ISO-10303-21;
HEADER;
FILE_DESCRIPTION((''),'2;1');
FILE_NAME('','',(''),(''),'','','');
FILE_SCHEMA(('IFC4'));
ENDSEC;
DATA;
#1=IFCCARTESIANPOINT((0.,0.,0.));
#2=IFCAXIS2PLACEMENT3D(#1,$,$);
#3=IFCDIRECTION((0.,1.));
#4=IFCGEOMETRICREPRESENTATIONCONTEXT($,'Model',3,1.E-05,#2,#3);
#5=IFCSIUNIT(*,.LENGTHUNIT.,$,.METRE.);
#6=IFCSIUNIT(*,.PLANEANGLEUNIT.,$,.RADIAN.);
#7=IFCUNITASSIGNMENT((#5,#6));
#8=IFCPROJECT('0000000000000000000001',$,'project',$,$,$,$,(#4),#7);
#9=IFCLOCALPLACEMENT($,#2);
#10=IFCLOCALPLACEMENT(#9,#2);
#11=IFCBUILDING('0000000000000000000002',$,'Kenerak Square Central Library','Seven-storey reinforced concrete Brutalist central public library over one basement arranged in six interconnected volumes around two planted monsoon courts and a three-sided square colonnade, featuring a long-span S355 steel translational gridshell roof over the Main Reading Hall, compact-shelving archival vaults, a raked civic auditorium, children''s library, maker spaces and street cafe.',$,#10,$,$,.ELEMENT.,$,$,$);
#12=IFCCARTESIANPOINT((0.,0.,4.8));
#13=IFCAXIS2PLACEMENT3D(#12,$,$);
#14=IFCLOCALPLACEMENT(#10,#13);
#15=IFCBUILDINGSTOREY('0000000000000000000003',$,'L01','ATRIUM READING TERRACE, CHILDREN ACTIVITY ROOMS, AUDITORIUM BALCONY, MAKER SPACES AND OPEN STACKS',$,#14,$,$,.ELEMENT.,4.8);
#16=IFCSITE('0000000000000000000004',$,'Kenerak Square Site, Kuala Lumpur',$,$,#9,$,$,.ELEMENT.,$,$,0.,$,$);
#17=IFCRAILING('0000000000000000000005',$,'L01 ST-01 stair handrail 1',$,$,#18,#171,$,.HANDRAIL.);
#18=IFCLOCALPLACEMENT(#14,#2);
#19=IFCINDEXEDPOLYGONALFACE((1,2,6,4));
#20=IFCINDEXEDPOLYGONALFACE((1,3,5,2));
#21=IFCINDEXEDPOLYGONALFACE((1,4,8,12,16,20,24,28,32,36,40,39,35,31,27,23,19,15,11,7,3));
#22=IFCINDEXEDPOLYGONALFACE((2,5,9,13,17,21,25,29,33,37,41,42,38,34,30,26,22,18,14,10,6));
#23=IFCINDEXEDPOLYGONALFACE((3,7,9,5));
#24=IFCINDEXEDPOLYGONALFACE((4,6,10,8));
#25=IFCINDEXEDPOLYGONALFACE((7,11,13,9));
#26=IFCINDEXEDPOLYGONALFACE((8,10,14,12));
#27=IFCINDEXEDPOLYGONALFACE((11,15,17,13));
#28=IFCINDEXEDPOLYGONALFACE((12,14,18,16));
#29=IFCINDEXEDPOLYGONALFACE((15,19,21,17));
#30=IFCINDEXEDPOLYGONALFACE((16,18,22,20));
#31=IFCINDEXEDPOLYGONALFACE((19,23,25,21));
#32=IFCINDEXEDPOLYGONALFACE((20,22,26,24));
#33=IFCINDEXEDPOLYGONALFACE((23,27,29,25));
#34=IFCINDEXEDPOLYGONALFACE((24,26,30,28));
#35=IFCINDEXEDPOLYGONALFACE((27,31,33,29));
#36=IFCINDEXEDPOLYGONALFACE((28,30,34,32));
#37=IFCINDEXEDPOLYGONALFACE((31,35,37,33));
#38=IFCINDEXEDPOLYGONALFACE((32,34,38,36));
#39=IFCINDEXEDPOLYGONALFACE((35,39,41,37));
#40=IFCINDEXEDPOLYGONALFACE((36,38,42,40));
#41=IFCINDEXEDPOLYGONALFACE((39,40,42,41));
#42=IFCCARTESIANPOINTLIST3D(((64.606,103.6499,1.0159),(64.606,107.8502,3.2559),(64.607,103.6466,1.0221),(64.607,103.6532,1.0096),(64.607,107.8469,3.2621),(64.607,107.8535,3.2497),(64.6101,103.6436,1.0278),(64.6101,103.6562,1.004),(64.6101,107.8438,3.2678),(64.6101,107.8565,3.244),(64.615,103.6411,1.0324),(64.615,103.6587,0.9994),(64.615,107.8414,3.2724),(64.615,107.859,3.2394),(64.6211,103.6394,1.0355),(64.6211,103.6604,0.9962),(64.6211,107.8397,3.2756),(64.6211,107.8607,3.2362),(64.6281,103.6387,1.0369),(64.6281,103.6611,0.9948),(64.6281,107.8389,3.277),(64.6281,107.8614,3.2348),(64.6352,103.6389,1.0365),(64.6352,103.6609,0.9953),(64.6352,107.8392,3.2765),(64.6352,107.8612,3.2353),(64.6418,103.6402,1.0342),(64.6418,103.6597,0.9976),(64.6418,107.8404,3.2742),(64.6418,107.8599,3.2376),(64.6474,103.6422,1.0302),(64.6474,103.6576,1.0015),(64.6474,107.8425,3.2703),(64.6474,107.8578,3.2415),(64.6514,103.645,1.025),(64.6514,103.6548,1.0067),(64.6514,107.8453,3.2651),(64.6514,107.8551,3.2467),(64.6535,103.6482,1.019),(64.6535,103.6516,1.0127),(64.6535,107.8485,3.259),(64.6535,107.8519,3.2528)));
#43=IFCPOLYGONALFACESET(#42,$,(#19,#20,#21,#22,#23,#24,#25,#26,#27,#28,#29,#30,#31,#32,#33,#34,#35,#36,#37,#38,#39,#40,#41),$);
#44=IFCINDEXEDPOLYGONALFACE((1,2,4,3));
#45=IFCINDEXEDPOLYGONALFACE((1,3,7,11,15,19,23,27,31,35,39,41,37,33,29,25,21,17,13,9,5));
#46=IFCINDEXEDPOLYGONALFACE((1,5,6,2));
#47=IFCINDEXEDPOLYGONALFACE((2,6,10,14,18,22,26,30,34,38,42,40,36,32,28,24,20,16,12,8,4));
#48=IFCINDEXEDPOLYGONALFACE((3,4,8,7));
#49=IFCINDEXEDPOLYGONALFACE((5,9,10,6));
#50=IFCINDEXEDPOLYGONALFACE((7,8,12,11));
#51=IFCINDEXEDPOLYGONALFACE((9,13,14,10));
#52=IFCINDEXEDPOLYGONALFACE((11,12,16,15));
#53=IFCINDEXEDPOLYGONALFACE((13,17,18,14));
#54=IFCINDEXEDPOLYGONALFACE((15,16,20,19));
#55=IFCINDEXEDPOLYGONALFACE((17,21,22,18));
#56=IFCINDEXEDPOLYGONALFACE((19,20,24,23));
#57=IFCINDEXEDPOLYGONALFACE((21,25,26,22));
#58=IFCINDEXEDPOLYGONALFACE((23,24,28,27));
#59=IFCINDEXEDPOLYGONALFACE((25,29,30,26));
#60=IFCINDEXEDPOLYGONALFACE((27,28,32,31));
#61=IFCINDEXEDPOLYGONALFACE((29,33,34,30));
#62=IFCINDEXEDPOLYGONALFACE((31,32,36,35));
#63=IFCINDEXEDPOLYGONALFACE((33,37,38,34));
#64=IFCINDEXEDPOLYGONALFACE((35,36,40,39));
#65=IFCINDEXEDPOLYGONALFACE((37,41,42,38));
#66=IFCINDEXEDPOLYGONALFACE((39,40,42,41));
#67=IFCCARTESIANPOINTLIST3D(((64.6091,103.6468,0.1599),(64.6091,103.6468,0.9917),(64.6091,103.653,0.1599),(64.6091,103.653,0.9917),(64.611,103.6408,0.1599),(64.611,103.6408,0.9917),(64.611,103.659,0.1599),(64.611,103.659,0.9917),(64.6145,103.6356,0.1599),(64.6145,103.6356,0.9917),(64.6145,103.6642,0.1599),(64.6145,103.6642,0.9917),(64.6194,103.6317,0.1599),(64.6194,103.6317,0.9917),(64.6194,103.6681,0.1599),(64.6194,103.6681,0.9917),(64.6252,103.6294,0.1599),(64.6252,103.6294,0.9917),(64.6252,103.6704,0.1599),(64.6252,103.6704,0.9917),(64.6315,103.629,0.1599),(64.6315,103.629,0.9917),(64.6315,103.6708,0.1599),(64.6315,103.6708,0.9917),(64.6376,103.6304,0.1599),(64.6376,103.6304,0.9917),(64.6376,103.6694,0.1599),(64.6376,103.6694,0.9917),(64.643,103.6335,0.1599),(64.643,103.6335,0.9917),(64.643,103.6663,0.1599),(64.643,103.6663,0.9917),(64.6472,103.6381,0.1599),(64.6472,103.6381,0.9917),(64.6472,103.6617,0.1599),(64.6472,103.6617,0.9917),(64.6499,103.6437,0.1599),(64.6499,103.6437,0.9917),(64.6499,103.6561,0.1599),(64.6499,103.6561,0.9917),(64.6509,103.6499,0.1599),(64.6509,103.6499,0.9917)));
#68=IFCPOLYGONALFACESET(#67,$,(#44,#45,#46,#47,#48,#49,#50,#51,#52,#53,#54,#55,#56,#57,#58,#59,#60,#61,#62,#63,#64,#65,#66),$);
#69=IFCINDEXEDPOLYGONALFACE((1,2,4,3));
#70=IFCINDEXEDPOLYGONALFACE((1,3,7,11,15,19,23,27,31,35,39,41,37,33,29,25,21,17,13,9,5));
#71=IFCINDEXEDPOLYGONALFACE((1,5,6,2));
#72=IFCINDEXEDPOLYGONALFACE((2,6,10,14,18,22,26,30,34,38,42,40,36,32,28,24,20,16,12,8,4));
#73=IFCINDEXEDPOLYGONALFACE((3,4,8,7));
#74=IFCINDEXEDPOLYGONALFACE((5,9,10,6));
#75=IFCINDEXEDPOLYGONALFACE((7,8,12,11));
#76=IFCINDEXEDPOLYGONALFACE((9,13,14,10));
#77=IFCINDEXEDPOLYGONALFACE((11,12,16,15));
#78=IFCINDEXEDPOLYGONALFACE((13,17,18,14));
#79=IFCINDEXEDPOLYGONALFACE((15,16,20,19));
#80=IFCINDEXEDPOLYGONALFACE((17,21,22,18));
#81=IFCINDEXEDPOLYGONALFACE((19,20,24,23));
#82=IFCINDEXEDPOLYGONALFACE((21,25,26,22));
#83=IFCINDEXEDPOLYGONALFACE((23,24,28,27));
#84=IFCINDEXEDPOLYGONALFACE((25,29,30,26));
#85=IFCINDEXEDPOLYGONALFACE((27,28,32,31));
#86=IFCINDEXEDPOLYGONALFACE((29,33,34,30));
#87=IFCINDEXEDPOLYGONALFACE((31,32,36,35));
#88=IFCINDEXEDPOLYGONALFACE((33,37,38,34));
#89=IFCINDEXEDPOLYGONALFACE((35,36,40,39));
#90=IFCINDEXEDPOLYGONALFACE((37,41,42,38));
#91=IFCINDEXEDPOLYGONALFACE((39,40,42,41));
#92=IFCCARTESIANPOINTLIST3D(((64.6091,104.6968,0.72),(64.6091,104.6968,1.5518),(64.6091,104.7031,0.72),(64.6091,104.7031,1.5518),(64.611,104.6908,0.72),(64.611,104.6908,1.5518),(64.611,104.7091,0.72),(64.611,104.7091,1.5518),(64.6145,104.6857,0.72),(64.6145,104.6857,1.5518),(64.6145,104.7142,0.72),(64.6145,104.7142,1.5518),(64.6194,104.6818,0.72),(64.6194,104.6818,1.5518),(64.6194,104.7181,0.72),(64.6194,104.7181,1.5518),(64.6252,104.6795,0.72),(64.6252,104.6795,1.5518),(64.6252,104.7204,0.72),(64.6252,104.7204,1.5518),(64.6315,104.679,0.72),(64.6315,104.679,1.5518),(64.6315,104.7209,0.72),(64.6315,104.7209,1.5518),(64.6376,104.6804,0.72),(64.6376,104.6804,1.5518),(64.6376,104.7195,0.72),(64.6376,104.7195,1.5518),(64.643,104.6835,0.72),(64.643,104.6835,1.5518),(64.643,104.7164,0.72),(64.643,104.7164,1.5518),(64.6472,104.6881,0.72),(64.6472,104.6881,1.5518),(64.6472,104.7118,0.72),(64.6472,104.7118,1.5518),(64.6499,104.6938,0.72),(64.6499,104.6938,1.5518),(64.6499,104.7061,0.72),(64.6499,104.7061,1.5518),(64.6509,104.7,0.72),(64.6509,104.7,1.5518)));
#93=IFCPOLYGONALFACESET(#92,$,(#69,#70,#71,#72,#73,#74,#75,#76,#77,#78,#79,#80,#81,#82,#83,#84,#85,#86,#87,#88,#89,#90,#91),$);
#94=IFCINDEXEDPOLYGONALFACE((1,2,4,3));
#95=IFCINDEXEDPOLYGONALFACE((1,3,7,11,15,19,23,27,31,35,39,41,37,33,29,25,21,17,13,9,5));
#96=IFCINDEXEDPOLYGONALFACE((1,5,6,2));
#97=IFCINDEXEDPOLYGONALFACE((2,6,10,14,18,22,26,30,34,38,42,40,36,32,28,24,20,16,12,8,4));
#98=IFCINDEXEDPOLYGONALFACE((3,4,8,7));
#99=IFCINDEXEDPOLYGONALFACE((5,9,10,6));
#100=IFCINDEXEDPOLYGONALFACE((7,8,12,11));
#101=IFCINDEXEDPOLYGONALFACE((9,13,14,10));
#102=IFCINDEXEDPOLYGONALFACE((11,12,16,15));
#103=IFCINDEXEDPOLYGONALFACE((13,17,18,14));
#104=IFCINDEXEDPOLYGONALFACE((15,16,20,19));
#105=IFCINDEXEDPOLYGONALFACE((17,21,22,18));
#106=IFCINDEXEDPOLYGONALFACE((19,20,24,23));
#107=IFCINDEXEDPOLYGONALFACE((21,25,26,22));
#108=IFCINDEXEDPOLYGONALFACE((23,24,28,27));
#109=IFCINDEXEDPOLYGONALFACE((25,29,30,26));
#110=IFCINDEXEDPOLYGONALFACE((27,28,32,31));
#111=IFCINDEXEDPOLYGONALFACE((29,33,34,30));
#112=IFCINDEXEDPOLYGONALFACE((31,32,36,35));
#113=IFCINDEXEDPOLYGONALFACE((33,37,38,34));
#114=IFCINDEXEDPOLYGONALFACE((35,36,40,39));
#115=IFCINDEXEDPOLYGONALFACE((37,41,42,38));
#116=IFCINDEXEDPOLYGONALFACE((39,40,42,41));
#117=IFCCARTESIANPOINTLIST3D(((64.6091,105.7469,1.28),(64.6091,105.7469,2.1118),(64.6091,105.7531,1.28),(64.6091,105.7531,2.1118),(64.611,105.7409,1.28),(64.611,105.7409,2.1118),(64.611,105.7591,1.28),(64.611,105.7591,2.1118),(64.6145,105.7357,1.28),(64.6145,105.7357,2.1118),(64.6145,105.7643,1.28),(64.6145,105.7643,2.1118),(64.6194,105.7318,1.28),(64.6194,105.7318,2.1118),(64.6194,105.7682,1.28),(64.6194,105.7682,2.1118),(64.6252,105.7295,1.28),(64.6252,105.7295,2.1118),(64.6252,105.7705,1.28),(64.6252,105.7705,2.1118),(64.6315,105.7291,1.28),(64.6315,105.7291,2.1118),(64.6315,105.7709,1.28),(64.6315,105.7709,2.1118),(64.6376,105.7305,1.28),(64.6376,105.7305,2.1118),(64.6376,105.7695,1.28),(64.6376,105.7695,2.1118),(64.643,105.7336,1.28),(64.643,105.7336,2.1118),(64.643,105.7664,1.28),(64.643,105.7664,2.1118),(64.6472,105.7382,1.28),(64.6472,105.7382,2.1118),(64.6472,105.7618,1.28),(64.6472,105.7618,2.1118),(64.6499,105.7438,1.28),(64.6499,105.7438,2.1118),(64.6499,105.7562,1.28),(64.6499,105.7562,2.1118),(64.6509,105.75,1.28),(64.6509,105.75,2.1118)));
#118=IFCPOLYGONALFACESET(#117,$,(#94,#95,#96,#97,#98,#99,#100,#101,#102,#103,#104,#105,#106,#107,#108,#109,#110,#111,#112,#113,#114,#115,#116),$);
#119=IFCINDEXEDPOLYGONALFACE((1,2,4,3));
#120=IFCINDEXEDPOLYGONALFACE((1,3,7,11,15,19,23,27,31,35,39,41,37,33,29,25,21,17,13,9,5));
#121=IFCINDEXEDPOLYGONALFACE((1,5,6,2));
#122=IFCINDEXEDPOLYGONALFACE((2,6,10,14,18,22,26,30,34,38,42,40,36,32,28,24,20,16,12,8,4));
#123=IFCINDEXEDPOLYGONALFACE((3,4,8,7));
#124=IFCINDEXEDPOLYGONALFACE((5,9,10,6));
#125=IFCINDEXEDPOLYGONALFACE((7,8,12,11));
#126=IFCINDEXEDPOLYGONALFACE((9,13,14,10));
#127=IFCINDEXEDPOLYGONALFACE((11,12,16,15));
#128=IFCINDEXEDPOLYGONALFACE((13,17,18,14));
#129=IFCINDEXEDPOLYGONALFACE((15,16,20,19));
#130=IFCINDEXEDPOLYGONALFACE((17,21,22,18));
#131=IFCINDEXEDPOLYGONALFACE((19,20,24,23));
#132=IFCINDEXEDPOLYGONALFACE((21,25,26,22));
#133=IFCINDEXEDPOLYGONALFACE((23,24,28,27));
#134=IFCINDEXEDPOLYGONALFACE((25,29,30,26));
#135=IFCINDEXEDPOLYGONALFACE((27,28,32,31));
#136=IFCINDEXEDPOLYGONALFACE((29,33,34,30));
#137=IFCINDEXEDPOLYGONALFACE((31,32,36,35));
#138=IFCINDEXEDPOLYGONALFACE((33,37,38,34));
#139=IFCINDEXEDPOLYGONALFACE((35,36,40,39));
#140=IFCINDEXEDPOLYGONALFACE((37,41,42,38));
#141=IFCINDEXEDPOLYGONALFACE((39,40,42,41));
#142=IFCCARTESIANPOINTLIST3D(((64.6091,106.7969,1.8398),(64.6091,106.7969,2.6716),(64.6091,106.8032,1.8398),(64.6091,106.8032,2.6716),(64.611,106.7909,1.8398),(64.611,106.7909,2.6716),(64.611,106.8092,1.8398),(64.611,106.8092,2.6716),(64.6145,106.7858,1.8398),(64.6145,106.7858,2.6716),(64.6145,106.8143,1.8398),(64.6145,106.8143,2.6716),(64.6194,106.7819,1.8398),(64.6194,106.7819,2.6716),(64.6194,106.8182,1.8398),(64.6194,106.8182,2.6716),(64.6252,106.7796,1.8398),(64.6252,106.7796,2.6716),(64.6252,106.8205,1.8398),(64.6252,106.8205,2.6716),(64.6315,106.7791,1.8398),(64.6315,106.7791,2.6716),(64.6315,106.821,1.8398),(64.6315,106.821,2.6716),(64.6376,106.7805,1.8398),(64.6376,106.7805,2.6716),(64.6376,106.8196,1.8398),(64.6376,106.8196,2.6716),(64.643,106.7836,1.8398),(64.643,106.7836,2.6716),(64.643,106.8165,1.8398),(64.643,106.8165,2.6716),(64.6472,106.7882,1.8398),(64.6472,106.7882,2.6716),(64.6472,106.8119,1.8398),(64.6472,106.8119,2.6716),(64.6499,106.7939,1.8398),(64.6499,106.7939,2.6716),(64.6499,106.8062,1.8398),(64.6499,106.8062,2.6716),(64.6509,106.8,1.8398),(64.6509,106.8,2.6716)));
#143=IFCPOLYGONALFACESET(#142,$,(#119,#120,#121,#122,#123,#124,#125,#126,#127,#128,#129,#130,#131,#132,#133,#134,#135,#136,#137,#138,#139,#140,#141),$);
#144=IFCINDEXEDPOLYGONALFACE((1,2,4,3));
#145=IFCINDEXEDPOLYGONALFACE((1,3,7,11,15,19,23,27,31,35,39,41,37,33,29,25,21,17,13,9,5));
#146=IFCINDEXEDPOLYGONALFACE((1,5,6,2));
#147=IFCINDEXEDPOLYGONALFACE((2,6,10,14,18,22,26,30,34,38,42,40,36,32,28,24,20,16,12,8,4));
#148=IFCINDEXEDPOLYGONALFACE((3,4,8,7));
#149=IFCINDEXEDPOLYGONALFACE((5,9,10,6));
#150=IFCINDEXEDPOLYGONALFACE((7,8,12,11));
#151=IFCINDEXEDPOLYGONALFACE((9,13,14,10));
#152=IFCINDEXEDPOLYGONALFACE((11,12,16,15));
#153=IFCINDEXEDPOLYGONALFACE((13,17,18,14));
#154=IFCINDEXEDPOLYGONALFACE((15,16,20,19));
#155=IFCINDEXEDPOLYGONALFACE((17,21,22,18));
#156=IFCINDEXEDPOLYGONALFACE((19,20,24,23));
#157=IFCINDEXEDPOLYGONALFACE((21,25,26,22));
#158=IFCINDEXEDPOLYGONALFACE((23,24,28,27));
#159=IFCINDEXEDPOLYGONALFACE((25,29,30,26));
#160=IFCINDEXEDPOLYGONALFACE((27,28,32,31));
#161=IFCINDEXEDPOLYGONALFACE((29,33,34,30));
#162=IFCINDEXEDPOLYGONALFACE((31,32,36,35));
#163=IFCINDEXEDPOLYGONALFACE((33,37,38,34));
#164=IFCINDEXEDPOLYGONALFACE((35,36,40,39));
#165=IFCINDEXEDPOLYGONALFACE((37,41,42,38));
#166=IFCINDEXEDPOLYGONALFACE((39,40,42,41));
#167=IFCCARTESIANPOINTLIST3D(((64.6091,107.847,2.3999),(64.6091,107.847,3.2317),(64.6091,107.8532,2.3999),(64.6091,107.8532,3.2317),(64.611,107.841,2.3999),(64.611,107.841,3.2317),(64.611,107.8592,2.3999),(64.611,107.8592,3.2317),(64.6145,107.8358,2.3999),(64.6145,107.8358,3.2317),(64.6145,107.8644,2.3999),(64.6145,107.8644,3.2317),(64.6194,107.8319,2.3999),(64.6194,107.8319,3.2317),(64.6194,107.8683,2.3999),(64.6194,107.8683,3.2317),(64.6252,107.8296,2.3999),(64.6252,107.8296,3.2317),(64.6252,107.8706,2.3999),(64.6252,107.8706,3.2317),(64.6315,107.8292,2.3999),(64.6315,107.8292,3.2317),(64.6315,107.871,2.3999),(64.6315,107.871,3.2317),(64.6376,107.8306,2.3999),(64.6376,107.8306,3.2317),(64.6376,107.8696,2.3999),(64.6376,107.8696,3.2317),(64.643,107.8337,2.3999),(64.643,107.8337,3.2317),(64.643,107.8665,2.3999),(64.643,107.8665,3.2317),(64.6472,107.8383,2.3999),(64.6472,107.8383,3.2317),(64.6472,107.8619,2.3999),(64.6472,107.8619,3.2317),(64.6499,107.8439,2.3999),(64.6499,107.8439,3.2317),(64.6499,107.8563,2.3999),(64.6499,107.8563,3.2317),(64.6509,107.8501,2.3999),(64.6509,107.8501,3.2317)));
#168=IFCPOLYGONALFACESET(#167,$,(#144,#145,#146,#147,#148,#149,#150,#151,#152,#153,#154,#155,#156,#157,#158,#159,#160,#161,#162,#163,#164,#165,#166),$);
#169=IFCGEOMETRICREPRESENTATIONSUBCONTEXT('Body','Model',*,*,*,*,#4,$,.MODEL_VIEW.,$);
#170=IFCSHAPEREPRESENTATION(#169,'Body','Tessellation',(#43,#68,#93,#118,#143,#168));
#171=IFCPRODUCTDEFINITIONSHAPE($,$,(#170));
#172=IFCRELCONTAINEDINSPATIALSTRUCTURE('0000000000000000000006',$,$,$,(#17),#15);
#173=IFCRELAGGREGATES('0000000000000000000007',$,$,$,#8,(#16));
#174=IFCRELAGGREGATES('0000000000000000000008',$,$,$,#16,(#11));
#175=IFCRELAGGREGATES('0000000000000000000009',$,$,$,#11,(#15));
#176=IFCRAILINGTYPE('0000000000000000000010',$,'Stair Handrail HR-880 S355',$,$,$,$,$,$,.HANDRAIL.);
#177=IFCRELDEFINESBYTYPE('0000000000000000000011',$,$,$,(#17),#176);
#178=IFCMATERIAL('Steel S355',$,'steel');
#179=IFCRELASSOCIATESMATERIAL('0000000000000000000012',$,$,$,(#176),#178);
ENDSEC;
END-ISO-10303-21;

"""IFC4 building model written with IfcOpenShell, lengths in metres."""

from ifc_helpers import new_model, si_unit, direction, frame, origin, origin_2d, place, context, subcontext, project, spatial, circle, extrude, material, type_object, element, save


model = new_model("IFC4")

# Units and contexts
model_context = context("Model", 3, precision=1e-05, world=origin(), true_north=direction((0.0, 1.0)))
body_context = subcontext(model_context, "Body", "Model", "MODEL_VIEW")
ifc_project = project(units=[si_unit("LENGTHUNIT", "METRE"), si_unit("PLANEANGLEUNIT", "RADIAN")], contexts=[model_context])

# Site, building, storey
site_placement = place(None, origin())
site = spatial("IfcSite", under=ifc_project, at=site_placement, Name="Kenerak Square Site, Kuala Lumpur", CompositionType="ELEMENT", RefElevation=0.0)
building_placement = place(site_placement, origin())
building = spatial("IfcBuilding", under=site, at=building_placement, Name="Kenerak Square Central Library", Description="Seven-storey reinforced concrete Brutalist central public library over one basement arranged in six interconnected volumes around two planted monsoon courts and a three-sided square colonnade, featuring a long-span S355 steel translational gridshell roof over the Main Reading Hall, compact-shelving archival vaults, a raked civic auditorium, children's library, maker spaces and street cafe.", CompositionType="ELEMENT")
storey_placement = place(building_placement, frame((0.0, 0.0, 4.8)))
storey = spatial("IfcBuildingStorey", under=building, at=storey_placement, Name="L01", Description="ATRIUM READING TERRACE, CHILDREN ACTIVITY ROOMS, AUDITORIUM BALCONY, MAKER SPACES AND OPEN STACKS", CompositionType="ELEMENT", Elevation=4.8)

# Shared definitions
ifc_material_1 = material(Name="Steel S355", Category="steel")

# Railing
railing_type_1 = type_object("IfcRailingType", Name="Stair Handrail HR-880 S355", PredefinedType="HANDRAIL", material=ifc_material_1)
railing_1_placement = place(storey_placement, frame((64.6299, 103.6499, 0.1599)))
element("IfcRailing", 1, at=railing_1_placement, inside=storey, type_object=railing_type_1, Name="L01 ST-01 stair handrail 1", PredefinedType="HANDRAIL", context=body_context, shape_type="SweptSolid", body=[
    extrude(circle(Radius=0.0239, at=origin_2d()), frame((0.0, 0.0, 0.856), z_axis=(0.0, 0.882363, 0.47057), x_axis=(-1.0, 0.0, 0.0)), (0.0, 0.0, 1.0), 4.7603),
    extrude(circle(Radius=0.021, at=origin_2d()), origin(), (0.0, 0.0, 1.0), 0.8318),
    extrude(circle(Radius=0.021, at=origin_2d()), frame((0.0, 1.05, 0.5601)), (0.0, 0.0, 1.0), 0.8318),
    extrude(circle(Radius=0.021, at=origin_2d()), frame((0.0, 2.1001, 1.1201)), (0.0, 0.0, 1.0), 0.8318),
    extrude(circle(Radius=0.021, at=origin_2d()), frame((0.0, 3.1501, 1.6799)), (0.0, 0.0, 1.0), 0.8318),
    extrude(circle(Radius=0.021, at=origin_2d()), frame((0.0, 4.2002, 2.24)), (0.0, 0.0, 1.0), 0.8318),
])

save(model, "model.ifc")
